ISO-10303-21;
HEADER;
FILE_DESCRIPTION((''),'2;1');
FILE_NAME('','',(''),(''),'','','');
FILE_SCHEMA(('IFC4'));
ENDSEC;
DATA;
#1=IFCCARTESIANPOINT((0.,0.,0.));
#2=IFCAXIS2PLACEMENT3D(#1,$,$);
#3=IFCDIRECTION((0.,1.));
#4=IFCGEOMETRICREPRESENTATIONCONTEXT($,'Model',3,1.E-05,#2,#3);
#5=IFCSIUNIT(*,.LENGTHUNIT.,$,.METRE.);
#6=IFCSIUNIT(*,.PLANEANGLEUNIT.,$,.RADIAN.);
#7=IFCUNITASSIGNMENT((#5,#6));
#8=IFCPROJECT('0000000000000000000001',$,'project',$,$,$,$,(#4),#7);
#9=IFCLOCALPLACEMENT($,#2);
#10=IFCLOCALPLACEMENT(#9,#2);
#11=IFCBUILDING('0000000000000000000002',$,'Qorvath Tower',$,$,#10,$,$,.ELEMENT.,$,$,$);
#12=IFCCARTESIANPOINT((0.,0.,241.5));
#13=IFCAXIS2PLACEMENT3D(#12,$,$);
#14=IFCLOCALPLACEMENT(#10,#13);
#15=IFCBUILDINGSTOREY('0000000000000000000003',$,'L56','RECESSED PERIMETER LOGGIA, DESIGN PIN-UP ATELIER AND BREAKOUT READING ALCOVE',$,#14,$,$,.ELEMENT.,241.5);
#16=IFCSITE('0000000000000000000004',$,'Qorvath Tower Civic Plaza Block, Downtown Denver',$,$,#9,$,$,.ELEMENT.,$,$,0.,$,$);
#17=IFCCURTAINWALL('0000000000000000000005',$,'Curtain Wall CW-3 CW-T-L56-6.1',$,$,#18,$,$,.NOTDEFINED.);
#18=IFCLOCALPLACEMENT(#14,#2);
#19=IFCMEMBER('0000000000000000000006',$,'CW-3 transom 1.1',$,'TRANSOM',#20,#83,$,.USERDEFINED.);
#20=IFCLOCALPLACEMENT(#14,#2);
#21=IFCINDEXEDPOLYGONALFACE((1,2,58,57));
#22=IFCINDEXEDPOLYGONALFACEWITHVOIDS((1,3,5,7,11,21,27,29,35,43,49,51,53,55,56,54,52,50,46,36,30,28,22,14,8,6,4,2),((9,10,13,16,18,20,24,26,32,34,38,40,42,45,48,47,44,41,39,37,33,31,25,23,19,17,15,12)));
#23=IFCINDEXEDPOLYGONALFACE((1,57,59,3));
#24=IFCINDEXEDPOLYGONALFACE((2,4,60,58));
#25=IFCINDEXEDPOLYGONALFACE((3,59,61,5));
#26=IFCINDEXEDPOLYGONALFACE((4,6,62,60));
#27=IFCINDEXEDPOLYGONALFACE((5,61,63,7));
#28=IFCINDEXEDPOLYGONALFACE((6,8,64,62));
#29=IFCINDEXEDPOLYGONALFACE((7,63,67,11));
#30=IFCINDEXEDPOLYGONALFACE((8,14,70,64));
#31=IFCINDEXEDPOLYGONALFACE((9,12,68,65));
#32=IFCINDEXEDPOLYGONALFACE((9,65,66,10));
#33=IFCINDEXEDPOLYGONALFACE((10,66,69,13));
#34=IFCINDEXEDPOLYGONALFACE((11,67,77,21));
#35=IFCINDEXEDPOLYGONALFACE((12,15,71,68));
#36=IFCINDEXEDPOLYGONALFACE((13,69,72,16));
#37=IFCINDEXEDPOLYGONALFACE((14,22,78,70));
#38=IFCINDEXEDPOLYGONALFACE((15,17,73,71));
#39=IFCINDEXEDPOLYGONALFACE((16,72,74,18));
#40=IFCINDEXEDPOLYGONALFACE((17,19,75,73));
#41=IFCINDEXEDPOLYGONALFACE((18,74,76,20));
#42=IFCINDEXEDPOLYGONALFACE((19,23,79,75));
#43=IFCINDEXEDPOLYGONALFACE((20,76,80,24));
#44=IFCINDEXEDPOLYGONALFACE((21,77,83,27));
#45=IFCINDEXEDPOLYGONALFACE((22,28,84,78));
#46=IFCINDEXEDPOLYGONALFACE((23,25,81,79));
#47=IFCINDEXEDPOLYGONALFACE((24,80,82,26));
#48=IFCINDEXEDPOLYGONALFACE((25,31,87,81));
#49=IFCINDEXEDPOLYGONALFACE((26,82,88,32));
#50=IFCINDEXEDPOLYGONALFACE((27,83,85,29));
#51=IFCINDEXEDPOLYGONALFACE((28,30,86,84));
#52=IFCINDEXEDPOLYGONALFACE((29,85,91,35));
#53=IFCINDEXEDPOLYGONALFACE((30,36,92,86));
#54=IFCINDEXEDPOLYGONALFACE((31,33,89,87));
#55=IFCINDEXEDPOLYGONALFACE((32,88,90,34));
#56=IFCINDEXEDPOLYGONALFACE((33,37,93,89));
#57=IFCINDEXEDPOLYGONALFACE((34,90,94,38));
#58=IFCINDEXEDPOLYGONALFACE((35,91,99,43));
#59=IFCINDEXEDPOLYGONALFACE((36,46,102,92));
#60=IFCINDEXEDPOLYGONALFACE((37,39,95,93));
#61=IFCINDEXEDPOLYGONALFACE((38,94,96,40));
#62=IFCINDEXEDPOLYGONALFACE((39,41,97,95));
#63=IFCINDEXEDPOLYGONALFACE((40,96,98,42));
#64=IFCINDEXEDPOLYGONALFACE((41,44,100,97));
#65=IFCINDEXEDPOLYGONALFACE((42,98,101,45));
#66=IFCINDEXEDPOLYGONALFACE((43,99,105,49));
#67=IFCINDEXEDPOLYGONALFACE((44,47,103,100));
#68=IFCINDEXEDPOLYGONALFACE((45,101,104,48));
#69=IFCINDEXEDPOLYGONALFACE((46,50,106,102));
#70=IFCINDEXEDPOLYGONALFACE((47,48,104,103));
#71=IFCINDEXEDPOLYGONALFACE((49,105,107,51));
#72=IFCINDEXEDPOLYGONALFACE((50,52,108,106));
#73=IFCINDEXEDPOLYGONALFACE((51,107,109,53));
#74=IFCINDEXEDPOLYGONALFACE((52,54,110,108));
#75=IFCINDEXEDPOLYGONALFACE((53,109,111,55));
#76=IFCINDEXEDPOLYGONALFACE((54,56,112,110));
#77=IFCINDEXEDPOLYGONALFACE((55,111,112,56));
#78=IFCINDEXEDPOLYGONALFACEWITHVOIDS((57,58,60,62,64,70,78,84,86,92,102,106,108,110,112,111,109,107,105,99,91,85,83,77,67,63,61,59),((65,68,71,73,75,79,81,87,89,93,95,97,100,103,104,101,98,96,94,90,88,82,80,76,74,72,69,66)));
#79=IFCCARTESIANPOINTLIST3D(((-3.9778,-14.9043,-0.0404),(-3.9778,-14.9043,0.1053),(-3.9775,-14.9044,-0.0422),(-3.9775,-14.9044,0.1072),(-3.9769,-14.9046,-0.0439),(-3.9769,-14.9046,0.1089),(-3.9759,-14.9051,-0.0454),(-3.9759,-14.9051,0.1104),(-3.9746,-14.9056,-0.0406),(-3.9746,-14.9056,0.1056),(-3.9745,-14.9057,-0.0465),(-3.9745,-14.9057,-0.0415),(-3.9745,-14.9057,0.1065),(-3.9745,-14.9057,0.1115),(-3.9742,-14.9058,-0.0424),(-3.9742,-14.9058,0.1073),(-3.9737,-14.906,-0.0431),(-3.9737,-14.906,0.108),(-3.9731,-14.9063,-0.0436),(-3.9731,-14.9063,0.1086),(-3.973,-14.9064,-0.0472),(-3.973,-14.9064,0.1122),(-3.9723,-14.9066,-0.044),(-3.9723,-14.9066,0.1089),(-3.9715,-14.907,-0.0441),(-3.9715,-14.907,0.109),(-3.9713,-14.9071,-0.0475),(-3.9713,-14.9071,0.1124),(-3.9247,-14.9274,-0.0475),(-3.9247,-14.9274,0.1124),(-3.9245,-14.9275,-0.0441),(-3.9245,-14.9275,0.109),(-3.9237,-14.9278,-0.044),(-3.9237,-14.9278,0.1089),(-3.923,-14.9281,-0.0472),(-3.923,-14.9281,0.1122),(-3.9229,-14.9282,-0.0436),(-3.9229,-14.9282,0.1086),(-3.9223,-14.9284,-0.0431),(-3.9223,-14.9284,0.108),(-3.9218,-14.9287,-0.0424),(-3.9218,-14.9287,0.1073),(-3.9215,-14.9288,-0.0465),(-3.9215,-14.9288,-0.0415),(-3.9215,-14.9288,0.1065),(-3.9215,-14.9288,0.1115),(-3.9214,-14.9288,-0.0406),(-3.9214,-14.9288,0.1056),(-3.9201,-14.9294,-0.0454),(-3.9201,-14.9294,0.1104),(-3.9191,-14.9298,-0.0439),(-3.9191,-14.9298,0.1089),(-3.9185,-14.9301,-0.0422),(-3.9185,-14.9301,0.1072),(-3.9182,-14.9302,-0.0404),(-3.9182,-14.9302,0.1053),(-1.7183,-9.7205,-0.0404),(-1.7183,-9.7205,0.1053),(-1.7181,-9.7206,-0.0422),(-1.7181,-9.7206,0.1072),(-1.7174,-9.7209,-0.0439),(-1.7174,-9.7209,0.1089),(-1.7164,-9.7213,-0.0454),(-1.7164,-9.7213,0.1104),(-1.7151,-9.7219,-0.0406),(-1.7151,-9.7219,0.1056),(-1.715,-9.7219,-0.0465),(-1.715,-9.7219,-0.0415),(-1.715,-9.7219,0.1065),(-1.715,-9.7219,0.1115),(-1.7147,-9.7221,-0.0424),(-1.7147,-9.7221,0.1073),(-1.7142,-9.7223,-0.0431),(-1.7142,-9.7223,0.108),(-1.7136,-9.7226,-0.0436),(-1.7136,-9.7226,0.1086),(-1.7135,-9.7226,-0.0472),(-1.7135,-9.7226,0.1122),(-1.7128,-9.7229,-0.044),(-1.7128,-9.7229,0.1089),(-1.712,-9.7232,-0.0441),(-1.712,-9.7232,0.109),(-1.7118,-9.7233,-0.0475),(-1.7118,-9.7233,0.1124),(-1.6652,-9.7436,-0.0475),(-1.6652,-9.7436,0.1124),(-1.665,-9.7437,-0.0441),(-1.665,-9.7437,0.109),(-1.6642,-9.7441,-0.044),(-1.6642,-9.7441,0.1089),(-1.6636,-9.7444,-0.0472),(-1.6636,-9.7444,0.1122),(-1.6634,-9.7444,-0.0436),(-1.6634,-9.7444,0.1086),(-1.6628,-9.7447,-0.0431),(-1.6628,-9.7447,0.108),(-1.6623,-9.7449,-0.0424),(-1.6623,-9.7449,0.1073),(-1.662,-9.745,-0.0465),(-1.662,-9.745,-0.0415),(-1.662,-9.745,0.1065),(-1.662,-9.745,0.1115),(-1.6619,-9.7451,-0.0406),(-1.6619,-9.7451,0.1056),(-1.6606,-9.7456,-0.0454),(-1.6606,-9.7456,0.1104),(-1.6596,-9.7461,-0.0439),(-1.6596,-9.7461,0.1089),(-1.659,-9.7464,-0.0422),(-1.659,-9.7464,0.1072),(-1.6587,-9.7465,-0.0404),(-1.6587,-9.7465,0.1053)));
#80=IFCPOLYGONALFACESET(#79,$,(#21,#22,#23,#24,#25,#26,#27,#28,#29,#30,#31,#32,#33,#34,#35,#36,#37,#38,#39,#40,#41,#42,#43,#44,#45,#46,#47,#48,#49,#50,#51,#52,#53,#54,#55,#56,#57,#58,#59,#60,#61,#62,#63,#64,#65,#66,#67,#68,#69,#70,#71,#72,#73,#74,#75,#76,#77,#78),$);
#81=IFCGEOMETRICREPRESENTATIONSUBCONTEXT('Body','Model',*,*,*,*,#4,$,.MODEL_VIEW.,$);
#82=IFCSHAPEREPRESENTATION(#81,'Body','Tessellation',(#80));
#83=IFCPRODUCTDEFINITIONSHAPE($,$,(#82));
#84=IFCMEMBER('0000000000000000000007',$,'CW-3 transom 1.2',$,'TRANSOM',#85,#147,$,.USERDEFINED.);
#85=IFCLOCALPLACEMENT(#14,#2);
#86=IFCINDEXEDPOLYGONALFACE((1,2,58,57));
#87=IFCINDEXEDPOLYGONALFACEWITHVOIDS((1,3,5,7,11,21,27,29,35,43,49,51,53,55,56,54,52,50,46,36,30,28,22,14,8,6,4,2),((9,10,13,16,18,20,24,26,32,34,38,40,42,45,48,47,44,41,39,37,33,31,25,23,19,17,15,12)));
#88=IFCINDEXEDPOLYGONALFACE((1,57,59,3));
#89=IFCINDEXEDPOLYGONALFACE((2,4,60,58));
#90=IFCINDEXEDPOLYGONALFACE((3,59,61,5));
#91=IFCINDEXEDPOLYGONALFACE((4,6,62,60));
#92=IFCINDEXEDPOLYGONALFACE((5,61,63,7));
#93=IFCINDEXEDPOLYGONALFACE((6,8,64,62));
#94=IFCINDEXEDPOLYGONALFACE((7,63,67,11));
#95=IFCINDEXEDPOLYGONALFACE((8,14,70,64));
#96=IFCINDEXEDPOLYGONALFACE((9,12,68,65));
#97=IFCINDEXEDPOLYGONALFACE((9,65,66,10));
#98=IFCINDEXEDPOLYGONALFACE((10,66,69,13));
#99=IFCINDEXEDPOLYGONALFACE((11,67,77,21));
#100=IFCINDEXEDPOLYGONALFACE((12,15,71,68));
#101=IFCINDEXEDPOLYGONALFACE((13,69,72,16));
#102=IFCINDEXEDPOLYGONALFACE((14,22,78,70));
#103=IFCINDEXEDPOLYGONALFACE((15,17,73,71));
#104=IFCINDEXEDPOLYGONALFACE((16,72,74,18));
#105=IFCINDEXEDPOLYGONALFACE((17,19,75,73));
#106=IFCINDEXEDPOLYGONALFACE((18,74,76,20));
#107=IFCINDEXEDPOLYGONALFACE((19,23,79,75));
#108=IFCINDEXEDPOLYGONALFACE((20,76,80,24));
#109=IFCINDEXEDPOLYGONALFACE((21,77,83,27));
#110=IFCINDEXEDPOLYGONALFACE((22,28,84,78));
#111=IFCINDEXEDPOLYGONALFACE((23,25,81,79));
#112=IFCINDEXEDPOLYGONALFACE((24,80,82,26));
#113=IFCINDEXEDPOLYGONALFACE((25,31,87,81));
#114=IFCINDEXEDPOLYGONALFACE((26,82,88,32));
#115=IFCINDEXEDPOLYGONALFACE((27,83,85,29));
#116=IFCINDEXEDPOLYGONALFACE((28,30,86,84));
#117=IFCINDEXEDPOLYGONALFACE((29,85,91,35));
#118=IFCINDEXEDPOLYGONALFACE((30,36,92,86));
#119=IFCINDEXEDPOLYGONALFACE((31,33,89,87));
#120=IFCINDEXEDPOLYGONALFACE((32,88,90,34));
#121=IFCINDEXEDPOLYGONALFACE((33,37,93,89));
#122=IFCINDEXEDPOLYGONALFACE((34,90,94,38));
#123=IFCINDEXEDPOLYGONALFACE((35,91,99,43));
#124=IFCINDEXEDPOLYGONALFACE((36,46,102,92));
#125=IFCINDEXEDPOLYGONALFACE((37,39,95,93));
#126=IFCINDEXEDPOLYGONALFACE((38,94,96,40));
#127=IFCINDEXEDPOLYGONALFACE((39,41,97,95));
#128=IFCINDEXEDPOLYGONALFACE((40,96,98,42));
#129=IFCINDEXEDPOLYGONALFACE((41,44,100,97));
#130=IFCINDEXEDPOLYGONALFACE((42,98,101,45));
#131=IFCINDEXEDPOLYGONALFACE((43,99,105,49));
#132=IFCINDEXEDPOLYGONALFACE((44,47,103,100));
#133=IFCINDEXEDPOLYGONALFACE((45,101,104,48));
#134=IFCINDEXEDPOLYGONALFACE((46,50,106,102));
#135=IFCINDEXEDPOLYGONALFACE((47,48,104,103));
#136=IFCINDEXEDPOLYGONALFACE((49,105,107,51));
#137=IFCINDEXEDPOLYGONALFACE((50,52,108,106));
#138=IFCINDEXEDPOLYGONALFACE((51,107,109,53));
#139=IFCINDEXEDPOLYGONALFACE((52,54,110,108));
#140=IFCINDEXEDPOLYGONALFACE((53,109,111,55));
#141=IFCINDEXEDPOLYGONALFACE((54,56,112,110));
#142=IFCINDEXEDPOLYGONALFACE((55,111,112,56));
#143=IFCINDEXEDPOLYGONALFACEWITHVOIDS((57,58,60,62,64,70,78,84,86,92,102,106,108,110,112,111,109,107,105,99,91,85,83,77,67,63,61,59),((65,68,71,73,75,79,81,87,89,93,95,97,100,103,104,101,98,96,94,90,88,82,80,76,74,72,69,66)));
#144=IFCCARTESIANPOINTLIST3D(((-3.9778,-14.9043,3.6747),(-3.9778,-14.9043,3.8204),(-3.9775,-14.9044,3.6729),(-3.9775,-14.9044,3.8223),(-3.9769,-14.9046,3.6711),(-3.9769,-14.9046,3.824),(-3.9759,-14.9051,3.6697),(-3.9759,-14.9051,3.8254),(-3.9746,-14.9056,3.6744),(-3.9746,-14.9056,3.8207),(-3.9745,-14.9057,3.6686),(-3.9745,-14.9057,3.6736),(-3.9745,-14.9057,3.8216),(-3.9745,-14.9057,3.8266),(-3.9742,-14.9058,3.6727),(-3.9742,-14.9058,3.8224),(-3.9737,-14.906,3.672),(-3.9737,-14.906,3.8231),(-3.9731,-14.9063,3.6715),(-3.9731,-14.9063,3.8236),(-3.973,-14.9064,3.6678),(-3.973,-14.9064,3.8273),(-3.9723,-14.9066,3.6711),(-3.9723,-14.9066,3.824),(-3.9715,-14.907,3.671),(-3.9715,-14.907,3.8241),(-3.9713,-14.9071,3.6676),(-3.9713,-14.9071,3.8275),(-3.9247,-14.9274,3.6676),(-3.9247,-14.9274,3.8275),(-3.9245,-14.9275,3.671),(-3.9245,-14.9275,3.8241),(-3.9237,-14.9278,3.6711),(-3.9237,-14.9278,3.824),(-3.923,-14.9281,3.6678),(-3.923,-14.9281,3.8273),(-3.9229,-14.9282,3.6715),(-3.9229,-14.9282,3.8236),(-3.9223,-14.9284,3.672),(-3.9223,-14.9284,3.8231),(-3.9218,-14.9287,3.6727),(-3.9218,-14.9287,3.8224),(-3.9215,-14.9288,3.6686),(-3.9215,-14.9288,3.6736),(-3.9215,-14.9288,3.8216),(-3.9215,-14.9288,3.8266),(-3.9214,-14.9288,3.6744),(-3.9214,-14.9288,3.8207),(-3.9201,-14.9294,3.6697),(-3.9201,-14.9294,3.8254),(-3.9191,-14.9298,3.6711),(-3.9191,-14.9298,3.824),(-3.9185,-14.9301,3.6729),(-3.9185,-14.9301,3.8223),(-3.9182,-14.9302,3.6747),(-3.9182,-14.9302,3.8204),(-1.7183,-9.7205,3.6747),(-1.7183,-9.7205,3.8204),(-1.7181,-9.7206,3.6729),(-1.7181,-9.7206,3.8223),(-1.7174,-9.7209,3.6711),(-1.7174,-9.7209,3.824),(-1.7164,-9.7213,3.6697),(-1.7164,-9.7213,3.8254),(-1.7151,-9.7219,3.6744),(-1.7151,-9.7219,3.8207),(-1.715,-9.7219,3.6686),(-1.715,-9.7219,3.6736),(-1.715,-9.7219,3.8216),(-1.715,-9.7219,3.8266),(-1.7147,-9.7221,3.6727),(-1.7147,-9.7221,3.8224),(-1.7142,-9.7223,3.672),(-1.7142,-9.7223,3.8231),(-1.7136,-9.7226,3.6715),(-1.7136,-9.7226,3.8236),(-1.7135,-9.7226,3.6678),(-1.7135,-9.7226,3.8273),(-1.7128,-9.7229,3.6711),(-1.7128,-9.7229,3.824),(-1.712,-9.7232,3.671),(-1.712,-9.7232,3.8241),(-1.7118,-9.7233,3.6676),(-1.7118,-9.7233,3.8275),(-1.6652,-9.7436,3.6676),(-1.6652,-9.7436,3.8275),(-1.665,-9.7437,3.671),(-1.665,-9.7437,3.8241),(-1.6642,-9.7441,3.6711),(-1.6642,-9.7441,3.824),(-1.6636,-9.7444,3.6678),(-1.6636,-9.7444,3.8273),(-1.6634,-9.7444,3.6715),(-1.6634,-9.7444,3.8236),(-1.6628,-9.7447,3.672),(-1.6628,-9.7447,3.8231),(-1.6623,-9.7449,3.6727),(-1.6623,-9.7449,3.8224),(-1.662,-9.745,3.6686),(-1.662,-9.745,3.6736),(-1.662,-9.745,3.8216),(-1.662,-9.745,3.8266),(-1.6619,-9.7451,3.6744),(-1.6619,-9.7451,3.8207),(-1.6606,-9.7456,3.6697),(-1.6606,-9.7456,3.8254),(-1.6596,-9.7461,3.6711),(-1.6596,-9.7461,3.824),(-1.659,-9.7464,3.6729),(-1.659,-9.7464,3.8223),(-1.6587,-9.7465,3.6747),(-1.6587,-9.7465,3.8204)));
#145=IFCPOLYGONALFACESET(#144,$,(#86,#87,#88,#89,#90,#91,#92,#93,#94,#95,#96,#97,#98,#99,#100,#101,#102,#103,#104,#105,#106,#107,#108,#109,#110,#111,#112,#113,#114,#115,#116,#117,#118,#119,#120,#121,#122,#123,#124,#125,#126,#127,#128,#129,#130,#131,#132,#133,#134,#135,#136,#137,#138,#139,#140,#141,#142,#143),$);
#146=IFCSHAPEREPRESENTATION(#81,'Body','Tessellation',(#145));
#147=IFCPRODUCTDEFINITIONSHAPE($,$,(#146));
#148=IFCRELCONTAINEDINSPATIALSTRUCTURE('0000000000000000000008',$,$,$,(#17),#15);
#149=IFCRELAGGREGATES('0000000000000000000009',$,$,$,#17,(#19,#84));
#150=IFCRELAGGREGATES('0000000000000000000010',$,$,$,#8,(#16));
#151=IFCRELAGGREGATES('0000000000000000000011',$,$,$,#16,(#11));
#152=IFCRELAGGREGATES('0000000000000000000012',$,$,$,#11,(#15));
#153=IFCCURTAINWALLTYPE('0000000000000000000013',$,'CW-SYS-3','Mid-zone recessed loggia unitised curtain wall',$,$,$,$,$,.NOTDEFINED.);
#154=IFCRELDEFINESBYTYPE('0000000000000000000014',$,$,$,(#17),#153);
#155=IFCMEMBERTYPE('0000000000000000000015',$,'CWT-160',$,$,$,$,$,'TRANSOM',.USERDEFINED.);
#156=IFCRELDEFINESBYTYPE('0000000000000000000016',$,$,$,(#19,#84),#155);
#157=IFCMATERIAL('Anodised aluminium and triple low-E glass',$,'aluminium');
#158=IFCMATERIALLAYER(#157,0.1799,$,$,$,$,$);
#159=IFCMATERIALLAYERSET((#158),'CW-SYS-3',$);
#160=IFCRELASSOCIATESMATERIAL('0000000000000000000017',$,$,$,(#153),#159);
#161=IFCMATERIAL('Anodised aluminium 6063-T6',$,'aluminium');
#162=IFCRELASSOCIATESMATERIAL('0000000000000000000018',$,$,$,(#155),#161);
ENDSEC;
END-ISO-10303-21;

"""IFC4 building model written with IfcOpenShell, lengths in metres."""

from ifc_helpers import new_model, si_unit, direction, frame, origin, origin_2d, place, context, subcontext, project, spatial, hollow_rectangle, extrude, material, layer, layer_set, material_profile, profile_set, type_object, element, aggregate, save


model = new_model("IFC4")

# Units and contexts
model_context = context("Model", 3, precision=1e-05, world=origin(), true_north=direction((0.0, 1.0)))
body_context = subcontext(model_context, "Body", "Model", "MODEL_VIEW")
ifc_project = project(units=[si_unit("LENGTHUNIT", "METRE"), si_unit("PLANEANGLEUNIT", "RADIAN")], contexts=[model_context])

# Site, building, storey
site_placement = place(None, origin())
site = spatial("IfcSite", under=ifc_project, at=site_placement, Name="Qorvath Tower Civic Plaza Block, Downtown Denver", CompositionType="ELEMENT", RefElevation=0.0)
building_placement = place(site_placement, origin())
building = spatial("IfcBuilding", under=site, at=building_placement, Name="Qorvath Tower", CompositionType="ELEMENT")
storey_placement = place(building_placement, frame((0.0, 0.0, 241.5)))
storey = spatial("IfcBuildingStorey", under=building, at=storey_placement, Name="L56", Description="RECESSED PERIMETER LOGGIA, DESIGN PIN-UP ATELIER AND BREAKOUT READING ALCOVE", CompositionType="ELEMENT", Elevation=241.5)

# Curtain wall
ifc_material_1 = material(Name="Anodised aluminium and triple low-E glass", Category="aluminium")
ifc_layer_1 = layer(ifc_material_1, 0.1799)
ifc_layer_set_1 = layer_set([ifc_layer_1], Name="CW-SYS-3")
curtain_wall_type = type_object("IfcCurtainWallType", Name="CW-SYS-3", Description="Mid-zone recessed loggia unitised curtain wall", PredefinedType="NOTDEFINED", material=ifc_layer_set_1)
curtain_wall_1_placement = place(storey_placement, origin())
curtain_wall_1 = element("IfcCurtainWall", 1, at=curtain_wall_1_placement, inside=storey, type_object=curtain_wall_type, Name="Curtain Wall CW-3 CW-T-L56-6.1", PredefinedType="NOTDEFINED")

# Members
ifc_material_2 = material(Name="Anodised aluminium 6063-T6", Category="aluminium")
ifc_material_profile_1 = material_profile(ifc_material_2, hollow_rectangle(XDim=0.0649, YDim=0.1599, WallThickness=0.0034, InnerFilletRadius=0.0034, OuterFilletRadius=0.0071, at=origin_2d()), Name="CWT 160x65")
ifc_profile_set_1 = profile_set([ifc_material_profile_1], Name="Anodised aluminium 6063-T6")
member_type_1 = type_object("IfcMemberType", Name="CWT-160", ElementType="TRANSOM", PredefinedType="USERDEFINED", material=ifc_profile_set_1)
member_1_placement = place(storey_placement, frame((-3.948, -14.9172, 0.0325), z_axis=(0.399571, 0.916702, 0.0), x_axis=(-0.916702, 0.399571, 0.0)))
member_1 = element("IfcMember", 2, at=member_1_placement, type_object=member_type_1, Name="CW-3 transom 1.1", ObjectType="TRANSOM", PredefinedType="USERDEFINED", context=body_context, shape_type="SweptSolid", body=[
    extrude(hollow_rectangle(XDim=0.0649, YDim=0.1599, WallThickness=0.0034, InnerFilletRadius=0.0034, OuterFilletRadius=0.0071, at=origin_2d()), origin(), (0.0, 0.0, 1.0), 5.6548),
])
member_2_placement = place(storey_placement, frame((-3.948, -14.9172, 3.7476), z_axis=(0.399571, 0.916702, 0.0), x_axis=(-0.916702, 0.399571, 0.0)))
member_2 = element("IfcMember", 3, at=member_2_placement, type_object=member_type_1, Name="CW-3 transom 1.2", ObjectType="TRANSOM", PredefinedType="USERDEFINED", context=body_context, shape_type="SweptSolid", body=[
    extrude(hollow_rectangle(XDim=0.0649, YDim=0.1599, WallThickness=0.0034, InnerFilletRadius=0.0034, OuterFilletRadius=0.0071, at=origin_2d()), origin(), (0.0, 0.0, 1.0), 5.6548),
])

aggregate(curtain_wall_1, [member_1, member_2])

save(model, "model.ifc")
